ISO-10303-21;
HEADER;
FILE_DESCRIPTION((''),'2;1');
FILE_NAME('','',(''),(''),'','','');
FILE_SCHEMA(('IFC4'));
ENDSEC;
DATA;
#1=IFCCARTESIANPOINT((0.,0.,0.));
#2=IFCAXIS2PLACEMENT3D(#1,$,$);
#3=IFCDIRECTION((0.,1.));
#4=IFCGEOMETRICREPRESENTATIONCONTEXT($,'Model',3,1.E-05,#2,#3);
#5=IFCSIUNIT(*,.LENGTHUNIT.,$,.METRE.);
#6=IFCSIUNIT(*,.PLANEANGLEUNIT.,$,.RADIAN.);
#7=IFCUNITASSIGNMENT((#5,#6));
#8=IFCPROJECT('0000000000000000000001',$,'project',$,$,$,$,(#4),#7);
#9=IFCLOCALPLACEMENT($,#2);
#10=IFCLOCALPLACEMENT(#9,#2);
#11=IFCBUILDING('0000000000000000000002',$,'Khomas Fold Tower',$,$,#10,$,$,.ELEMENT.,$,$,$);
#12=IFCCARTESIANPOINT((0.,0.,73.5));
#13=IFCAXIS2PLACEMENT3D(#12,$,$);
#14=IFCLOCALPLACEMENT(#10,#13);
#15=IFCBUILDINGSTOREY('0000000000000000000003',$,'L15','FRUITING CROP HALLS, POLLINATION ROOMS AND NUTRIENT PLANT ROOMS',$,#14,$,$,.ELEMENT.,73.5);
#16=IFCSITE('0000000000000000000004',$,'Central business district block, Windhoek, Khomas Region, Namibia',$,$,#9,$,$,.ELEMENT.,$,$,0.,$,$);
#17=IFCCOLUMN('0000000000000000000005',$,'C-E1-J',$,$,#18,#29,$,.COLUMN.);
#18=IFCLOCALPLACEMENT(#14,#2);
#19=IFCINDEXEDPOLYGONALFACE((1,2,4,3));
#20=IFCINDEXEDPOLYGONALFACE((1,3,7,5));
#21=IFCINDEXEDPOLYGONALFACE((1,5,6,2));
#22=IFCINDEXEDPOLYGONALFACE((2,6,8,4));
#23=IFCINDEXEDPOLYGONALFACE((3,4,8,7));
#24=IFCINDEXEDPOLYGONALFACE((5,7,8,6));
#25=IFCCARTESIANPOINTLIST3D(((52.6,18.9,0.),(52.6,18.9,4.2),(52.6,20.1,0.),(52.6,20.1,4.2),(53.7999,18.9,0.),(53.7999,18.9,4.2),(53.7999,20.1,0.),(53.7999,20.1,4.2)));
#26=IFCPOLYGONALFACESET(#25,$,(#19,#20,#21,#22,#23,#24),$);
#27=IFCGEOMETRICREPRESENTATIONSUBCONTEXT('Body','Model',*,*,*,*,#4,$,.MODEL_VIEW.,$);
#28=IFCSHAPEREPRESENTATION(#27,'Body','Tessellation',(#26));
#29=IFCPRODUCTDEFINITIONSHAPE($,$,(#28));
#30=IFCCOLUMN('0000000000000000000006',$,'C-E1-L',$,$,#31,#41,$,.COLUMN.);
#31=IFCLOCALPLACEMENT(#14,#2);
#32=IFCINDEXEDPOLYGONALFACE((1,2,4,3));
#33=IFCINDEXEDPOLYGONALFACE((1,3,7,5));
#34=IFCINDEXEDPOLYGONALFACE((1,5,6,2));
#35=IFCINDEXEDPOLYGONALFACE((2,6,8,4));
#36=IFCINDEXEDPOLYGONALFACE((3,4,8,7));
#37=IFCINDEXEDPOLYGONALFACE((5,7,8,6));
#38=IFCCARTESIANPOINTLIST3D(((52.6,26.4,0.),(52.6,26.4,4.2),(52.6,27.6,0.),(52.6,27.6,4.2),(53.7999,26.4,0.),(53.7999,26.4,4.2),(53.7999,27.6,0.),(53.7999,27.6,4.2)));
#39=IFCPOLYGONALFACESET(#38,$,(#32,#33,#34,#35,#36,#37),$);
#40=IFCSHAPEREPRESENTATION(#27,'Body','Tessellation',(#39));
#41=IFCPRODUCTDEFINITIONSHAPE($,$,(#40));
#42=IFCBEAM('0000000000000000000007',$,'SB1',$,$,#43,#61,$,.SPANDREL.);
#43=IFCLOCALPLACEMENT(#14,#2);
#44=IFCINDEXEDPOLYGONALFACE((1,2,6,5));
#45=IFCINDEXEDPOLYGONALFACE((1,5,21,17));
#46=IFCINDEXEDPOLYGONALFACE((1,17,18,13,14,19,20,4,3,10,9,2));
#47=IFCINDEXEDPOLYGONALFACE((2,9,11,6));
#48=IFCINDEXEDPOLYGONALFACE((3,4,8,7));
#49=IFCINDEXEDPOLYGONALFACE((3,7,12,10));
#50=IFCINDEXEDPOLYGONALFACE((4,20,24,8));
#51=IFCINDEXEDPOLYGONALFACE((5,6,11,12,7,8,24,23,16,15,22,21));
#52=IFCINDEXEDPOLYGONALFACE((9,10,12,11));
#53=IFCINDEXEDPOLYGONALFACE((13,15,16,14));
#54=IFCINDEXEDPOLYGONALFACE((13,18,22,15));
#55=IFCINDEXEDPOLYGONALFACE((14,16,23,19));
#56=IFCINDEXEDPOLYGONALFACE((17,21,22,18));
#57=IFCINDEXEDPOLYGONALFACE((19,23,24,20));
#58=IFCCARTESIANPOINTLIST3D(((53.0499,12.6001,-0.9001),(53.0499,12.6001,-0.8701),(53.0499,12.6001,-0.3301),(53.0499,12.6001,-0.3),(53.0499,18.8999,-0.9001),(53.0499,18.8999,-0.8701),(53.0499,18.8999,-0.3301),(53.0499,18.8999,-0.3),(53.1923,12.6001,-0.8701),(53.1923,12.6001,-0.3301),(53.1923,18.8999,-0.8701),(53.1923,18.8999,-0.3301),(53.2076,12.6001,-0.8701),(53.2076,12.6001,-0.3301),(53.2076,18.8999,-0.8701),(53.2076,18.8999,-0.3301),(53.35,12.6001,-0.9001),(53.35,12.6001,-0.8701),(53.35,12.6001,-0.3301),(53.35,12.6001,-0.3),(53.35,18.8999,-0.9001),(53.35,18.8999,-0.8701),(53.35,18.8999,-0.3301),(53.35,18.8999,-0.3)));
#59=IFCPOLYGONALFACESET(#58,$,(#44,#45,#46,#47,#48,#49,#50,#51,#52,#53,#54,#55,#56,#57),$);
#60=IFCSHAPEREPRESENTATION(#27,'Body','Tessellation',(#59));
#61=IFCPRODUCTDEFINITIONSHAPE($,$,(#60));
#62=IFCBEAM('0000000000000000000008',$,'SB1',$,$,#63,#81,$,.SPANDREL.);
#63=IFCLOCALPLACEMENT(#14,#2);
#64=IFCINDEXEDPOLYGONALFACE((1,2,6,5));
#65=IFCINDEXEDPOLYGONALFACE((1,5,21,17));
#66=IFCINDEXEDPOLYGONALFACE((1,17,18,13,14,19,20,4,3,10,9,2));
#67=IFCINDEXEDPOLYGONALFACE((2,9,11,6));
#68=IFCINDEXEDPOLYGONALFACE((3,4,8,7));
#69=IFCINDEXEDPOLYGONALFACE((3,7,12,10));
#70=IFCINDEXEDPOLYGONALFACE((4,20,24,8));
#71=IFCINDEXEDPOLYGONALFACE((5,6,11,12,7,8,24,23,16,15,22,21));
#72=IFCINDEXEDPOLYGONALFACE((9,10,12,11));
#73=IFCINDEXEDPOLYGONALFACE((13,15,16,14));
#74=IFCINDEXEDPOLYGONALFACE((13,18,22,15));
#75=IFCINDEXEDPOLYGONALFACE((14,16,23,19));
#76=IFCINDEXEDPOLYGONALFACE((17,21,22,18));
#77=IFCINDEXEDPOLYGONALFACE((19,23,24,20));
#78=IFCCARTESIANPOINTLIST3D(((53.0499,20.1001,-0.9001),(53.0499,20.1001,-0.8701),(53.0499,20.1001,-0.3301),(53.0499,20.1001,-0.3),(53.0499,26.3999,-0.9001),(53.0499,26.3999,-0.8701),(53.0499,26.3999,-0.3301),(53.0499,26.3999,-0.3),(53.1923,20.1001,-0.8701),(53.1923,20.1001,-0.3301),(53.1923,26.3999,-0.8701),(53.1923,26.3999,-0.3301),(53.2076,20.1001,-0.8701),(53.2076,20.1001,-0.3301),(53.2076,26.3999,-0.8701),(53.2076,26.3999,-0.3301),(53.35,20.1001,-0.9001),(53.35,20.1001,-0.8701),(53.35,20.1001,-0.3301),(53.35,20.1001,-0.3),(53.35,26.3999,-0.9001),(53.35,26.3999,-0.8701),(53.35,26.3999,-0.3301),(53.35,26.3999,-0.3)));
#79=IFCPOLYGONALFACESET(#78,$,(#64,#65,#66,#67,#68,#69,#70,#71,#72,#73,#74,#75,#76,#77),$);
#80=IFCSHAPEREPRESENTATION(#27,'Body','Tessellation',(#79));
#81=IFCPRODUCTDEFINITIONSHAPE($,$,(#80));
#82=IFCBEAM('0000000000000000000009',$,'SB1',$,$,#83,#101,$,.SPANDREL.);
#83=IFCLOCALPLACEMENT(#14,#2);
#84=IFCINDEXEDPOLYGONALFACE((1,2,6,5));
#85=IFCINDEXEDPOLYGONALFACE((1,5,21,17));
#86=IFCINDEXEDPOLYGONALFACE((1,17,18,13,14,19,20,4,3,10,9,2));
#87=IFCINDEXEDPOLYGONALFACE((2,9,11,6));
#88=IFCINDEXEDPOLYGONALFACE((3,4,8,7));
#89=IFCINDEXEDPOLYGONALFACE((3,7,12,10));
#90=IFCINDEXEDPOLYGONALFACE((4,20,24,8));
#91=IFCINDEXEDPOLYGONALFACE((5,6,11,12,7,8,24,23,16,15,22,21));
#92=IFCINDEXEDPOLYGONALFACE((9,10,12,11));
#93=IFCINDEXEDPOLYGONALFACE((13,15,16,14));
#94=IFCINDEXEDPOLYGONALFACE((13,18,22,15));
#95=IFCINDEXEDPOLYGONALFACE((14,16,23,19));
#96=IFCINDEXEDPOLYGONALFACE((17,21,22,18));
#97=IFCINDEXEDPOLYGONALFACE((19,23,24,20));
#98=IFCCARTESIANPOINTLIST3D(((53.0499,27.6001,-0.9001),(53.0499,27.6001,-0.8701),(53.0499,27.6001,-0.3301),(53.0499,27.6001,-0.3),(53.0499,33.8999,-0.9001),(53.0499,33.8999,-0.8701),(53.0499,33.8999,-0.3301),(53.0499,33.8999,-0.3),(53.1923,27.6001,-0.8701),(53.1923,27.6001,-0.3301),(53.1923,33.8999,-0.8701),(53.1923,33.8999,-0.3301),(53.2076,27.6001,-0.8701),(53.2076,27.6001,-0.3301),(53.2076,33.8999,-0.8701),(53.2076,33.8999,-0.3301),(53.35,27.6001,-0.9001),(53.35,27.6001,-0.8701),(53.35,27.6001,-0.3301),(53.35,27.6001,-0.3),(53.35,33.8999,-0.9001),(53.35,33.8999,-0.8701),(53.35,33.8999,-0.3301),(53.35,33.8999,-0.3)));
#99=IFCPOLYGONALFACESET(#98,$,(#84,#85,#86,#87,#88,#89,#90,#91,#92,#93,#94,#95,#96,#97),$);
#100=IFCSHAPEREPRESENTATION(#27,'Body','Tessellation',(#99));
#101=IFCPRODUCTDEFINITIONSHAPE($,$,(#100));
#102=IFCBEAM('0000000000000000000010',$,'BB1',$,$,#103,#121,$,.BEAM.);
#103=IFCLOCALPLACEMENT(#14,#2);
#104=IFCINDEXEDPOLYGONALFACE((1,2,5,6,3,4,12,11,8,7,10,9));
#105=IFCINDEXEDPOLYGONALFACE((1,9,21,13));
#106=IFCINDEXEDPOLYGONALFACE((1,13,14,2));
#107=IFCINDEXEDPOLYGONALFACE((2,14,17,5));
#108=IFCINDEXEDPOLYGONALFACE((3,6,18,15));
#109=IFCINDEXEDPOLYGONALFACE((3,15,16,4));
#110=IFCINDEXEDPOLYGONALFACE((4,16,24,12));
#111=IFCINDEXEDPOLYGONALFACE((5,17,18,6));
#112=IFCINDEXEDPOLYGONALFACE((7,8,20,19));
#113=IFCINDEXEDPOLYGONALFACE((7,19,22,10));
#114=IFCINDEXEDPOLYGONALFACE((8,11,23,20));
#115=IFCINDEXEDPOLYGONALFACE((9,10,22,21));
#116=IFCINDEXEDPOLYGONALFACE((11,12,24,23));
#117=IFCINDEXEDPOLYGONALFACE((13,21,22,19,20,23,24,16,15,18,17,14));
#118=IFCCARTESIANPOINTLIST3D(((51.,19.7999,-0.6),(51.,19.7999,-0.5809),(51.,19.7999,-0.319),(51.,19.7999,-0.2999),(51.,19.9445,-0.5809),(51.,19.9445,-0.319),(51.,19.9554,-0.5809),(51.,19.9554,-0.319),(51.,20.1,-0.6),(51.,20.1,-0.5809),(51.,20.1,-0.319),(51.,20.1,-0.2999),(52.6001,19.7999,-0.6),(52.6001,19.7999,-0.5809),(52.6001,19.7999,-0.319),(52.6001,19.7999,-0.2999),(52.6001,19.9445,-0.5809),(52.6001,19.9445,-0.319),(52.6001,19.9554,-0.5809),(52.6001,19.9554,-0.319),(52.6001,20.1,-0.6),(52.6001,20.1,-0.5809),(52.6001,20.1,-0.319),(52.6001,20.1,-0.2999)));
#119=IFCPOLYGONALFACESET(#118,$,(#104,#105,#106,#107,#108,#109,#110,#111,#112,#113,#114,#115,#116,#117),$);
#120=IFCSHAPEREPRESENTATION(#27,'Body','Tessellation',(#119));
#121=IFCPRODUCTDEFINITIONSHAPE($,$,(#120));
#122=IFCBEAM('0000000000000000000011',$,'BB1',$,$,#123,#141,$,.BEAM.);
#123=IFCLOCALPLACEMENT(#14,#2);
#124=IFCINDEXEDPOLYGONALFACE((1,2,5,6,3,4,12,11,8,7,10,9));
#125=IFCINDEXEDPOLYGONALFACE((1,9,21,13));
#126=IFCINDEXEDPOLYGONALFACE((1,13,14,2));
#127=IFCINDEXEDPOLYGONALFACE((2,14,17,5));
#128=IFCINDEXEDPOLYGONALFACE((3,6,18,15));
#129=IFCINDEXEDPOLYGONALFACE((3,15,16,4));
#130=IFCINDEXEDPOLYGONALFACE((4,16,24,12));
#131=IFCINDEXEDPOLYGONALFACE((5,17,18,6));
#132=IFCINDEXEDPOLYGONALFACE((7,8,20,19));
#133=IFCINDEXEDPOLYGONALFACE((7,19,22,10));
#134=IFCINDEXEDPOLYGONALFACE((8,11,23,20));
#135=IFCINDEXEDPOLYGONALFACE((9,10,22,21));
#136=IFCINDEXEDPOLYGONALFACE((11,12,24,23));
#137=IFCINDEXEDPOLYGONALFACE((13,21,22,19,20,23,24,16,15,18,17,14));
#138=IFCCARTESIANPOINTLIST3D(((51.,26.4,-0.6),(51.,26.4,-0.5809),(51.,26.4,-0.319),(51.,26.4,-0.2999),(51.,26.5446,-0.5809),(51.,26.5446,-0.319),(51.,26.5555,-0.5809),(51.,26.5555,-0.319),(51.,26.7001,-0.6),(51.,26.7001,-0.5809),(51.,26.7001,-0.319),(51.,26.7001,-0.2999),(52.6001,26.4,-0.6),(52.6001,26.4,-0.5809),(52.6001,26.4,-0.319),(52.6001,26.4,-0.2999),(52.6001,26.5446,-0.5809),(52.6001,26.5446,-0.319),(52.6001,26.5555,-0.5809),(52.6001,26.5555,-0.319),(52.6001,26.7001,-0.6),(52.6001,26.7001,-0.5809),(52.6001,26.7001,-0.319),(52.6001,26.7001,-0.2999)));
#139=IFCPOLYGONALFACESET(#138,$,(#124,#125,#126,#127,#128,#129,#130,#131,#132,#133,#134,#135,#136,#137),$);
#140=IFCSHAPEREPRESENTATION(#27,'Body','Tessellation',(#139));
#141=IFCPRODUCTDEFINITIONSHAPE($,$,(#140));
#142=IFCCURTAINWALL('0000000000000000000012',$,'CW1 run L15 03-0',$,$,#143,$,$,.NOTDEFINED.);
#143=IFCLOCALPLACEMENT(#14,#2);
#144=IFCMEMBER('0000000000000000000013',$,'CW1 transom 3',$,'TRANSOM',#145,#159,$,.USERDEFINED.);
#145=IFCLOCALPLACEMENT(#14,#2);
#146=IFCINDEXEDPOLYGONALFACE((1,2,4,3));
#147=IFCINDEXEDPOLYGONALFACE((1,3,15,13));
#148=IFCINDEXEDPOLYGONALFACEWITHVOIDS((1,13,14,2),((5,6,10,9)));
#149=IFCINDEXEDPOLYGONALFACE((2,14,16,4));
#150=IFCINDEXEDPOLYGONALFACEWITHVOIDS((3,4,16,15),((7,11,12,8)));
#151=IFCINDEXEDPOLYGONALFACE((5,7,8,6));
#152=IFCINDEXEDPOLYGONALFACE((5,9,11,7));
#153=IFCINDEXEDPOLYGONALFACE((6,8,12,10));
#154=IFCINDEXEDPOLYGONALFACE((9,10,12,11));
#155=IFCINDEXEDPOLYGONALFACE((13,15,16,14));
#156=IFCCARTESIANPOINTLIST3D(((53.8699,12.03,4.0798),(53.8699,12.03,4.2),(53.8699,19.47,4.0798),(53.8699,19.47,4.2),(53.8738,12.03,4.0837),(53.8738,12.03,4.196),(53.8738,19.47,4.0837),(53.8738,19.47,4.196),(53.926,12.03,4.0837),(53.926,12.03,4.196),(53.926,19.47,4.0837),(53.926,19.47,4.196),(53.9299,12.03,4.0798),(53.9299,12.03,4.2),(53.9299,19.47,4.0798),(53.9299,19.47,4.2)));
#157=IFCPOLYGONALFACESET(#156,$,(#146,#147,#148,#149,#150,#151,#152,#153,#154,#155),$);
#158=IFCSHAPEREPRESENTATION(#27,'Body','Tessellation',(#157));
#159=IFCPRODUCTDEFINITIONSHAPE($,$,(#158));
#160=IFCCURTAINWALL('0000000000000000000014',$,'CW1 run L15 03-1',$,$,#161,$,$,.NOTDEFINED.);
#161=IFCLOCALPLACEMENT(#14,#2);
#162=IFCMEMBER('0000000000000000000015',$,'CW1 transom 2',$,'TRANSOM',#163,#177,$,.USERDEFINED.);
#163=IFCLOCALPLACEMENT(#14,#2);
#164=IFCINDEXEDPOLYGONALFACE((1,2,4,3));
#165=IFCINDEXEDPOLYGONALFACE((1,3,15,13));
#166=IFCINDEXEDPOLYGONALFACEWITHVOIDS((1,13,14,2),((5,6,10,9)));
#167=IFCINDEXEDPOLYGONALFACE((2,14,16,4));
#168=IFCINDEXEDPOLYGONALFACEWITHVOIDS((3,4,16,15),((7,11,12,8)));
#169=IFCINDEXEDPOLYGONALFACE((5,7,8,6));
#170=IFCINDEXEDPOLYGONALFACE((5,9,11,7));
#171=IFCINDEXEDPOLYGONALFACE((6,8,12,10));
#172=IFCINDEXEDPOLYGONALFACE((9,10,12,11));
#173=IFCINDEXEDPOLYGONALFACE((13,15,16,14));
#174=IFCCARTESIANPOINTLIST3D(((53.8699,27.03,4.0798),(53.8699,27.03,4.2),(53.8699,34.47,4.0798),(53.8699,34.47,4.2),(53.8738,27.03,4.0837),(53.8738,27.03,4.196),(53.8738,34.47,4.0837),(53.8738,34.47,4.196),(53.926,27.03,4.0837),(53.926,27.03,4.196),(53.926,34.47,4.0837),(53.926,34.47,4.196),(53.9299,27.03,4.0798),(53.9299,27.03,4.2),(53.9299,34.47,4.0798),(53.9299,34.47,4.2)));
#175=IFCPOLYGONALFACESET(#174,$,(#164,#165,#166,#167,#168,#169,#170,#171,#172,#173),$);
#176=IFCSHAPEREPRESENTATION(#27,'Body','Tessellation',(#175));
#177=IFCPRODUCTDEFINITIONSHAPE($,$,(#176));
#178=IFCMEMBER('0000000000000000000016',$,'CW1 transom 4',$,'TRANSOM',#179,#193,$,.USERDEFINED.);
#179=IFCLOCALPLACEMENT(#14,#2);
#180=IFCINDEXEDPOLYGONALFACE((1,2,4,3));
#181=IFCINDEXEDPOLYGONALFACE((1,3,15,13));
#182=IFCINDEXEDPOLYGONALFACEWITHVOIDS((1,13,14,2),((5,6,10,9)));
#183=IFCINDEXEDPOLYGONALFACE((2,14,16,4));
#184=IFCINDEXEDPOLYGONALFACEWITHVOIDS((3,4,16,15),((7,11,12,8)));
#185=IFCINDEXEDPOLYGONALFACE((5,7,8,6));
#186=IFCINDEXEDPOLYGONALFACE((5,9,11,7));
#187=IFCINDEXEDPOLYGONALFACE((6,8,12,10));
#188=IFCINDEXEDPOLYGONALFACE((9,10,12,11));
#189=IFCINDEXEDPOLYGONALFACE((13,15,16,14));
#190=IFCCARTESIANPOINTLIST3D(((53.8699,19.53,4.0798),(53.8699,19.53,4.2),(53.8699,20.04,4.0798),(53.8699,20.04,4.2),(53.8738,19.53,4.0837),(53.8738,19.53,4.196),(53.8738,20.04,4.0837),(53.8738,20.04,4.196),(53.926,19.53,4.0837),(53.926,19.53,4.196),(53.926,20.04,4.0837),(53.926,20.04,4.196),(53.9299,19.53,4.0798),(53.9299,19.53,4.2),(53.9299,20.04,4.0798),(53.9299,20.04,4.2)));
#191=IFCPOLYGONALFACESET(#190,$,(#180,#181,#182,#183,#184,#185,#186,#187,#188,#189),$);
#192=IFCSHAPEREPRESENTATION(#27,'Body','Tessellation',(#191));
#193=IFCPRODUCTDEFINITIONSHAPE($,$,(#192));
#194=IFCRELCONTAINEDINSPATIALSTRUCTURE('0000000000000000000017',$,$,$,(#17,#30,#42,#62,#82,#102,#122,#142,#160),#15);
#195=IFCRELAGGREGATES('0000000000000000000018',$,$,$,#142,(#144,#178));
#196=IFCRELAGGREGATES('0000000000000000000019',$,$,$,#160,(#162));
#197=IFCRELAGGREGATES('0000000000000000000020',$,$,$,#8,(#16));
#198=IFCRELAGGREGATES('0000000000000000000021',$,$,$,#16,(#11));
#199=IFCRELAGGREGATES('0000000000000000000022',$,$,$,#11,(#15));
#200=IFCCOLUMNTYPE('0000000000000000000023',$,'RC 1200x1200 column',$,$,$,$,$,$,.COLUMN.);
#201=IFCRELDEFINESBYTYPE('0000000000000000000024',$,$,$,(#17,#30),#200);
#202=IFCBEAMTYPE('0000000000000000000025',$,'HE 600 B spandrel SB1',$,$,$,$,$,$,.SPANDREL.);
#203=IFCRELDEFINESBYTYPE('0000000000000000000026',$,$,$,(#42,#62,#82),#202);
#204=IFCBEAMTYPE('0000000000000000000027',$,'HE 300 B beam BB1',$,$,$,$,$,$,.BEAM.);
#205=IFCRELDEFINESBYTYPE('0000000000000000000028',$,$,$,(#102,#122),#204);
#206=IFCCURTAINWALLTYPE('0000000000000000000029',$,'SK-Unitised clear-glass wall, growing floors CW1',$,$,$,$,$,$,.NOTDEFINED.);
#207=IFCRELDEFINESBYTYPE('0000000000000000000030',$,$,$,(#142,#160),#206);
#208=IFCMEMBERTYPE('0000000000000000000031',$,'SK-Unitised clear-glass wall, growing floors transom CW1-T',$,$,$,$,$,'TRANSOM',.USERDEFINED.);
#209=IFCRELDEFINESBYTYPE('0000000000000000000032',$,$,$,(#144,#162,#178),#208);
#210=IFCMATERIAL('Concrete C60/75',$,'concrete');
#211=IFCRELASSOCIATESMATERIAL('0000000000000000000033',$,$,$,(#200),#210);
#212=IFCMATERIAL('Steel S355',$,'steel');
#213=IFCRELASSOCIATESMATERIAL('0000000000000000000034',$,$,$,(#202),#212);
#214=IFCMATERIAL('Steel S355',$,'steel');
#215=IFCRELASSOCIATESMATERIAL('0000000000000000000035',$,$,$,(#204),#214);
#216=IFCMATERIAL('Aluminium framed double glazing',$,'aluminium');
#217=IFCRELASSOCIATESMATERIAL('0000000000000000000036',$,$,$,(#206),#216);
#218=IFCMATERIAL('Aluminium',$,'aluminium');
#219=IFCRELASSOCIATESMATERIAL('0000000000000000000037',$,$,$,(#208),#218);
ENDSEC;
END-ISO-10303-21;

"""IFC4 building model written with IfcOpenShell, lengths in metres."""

from ifc_helpers import new_model, si_unit, direction, frame, origin, origin_2d, place, context, subcontext, project, spatial, rectangle, hollow_rectangle, i_section, extrude, source, transform, mapped, material, material_profile, profile_set, type_object, element, aggregate, save


model = new_model("IFC4")

# Units and contexts
model_context = context("Model", 3, precision=1e-05, world=origin(), true_north=direction((0.0, 1.0)))
body_context = subcontext(model_context, "Body", "Model", "MODEL_VIEW")
ifc_project = project(units=[si_unit("LENGTHUNIT", "METRE"), si_unit("PLANEANGLEUNIT", "RADIAN")], contexts=[model_context])

# Site, building, storey
site_placement = place(None, origin())
site = spatial("IfcSite", under=ifc_project, at=site_placement, Name="Central business district block, Windhoek, Khomas Region, Namibia", CompositionType="ELEMENT", RefElevation=0.0)
building_placement = place(site_placement, origin())
building = spatial("IfcBuilding", under=site, at=building_placement, Name="Khomas Fold Tower", CompositionType="ELEMENT")
storey_placement = place(building_placement, frame((0.0, 0.0, 73.5)))
storey = spatial("IfcBuildingStorey", under=building, at=storey_placement, Name="L15", Description="FRUITING CROP HALLS, POLLINATION ROOMS AND NUTRIENT PLANT ROOMS", CompositionType="ELEMENT", Elevation=73.5)

# Columns
ifc_material_1 = material(Name="Concrete C60/75", Category="concrete")
ifc_material_profile_1 = material_profile(ifc_material_1, rectangle(XDim=1.2, YDim=1.2, at=origin_2d()), Name="RC 1200x1200")
ifc_profile_set_1 = profile_set([ifc_material_profile_1], Name="Concrete C60/75")
column_type = type_object("IfcColumnType", Name="RC 1200x1200 column", PredefinedType="COLUMN", material=ifc_profile_set_1)
shared_shape_1 = source(origin(), body_context, "Body", "SweptSolid", [
    extrude(rectangle(XDim=1.2, YDim=1.2, at=origin_2d()), origin(), (0.0, 0.0, 1.0), 4.2),
])
for number, where, z_axis, x_axis, name in (
    (1, (53.2, 19.5, 0.0), (0.0, 0.0, 1.0), (1.0, 0.0, 0.0), "C-E1-J"),
    (2, (53.2, 27.0, 0.0), (0.0, 0.0, 1.0), (1.0, 0.0, 0.0), "C-E1-L"),
):
    element("IfcColumn", number, at=place(storey_placement, frame(where, z_axis=z_axis, x_axis=x_axis)), inside=storey, type_object=column_type, Name=name, PredefinedType="COLUMN", context=body_context, shape_type="MappedRepresentation", body=[
        mapped(shared_shape_1, transform((0.0, 0.0, 0.0))),
    ])

# Beams
ifc_material_2 = material(Name="Steel S355", Category="steel")
ifc_material_profile_2 = material_profile(ifc_material_2, i_section(OverallWidth=0.3, OverallDepth=0.6001, WebThickness=0.0154, FlangeThickness=0.03, at=origin_2d()), Name="HE 600 B")
ifc_profile_set_2 = profile_set([ifc_material_profile_2], Name="Steel S355")
beam_type_1 = type_object("IfcBeamType", Name="HE 600 B spandrel SB1", PredefinedType="SPANDREL", material=ifc_profile_set_2)
shared_shape_2 = source(origin(), body_context, "Body", "SweptSolid", [
    extrude(i_section(OverallWidth=0.3, OverallDepth=0.6001, WebThickness=0.0154, FlangeThickness=0.03, at=origin_2d()), origin(), (0.0, 0.0, 1.0), 6.2998),
])
for number, where, z_axis, x_axis, name in (
    (3, (53.2, 12.6001, -0.6001), (0.0, 1.0, 0.0), (-1.0, 0.0, 0.0), "SB1"),
    (4, (53.2, 20.1001, -0.6001), (0.0, 1.0, 0.0), (-1.0, 0.0, 0.0), "SB1"),
    (5, (53.2, 27.6001, -0.6001), (0.0, 1.0, 0.0), (-1.0, 0.0, 0.0), "SB1"),
):
    element("IfcBeam", number, at=place(storey_placement, frame(where, z_axis=z_axis, x_axis=x_axis)), inside=storey, type_object=beam_type_1, Name=name, PredefinedType="SPANDREL", context=body_context, shape_type="MappedRepresentation", body=[
        mapped(shared_shape_2, transform((0.0, 0.0, 0.0))),
    ])
ifc_material_3 = material(Name="Steel S355", Category="steel")
ifc_material_profile_3 = material_profile(ifc_material_3, i_section(OverallWidth=0.3, OverallDepth=0.3, WebThickness=0.011, FlangeThickness=0.019, at=origin_2d()), Name="HE 300 B")
ifc_profile_set_3 = profile_set([ifc_material_profile_3], Name="Steel S355")
beam_type_2 = type_object("IfcBeamType", Name="HE 300 B beam BB1", PredefinedType="BEAM", material=ifc_profile_set_3)
shared_shape_3 = source(origin(), body_context, "Body", "SweptSolid", [
    extrude(i_section(OverallWidth=0.3, OverallDepth=0.3, WebThickness=0.011, FlangeThickness=0.019, at=origin_2d()), origin(), (0.0, 0.0, 1.0), 1.6001),
])
for number, where, z_axis, x_axis, name in (
    (6, (51.0, 19.95, -0.45), (1.0, 0.0, 0.0), (0.0, 1.0, 0.0), "BB1"),
    (7, (51.0, 26.55, -0.45), (1.0, 0.0, 0.0), (0.0, 1.0, 0.0), "BB1"),
):
    element("IfcBeam", number, at=place(storey_placement, frame(where, z_axis=z_axis, x_axis=x_axis)), inside=storey, type_object=beam_type_2, Name=name, PredefinedType="BEAM", context=body_context, shape_type="MappedRepresentation", body=[
        mapped(shared_shape_3, transform((0.0, 0.0, 0.0))),
    ])

# Curtain walls, members
ifc_material_4 = material(Name="Aluminium framed double glazing", Category="aluminium")
curtain_wall_type = type_object("IfcCurtainWallType", Name="SK-Unitised clear-glass wall, growing floors CW1", PredefinedType="NOTDEFINED", material=ifc_material_4)
curtain_wall_1_placement = place(storey_placement, origin())
curtain_wall_1 = element("IfcCurtainWall", 8, at=curtain_wall_1_placement, inside=storey, type_object=curtain_wall_type, Name="CW1 run L15 03-0", PredefinedType="NOTDEFINED")
ifc_material_5 = material(Name="Aluminium", Category="aluminium")
ifc_material_profile_4 = material_profile(ifc_material_5, hollow_rectangle(XDim=0.0601, YDim=0.1201, WallThickness=0.0039, at=origin_2d()), Name="SK-Unitised clear-glass wall, growing floors transom CW1-T")
ifc_profile_set_4 = profile_set([ifc_material_profile_4], Name="Aluminium")
member_type_1 = type_object("IfcMemberType", Name="SK-Unitised clear-glass wall, growing floors transom CW1-T", ElementType="TRANSOM", PredefinedType="USERDEFINED", material=ifc_profile_set_4)
shared_shape_4 = source(origin(), body_context, "Body", "SweptSolid", [
    extrude(hollow_rectangle(XDim=0.0601, YDim=0.1201, WallThickness=0.0039, at=origin_2d()), origin(), (0.0, 0.0, 1.0), 7.4399),
])
member_1_placement = place(storey_placement, frame((53.8999, 12.03, 4.1399), z_axis=(0.0, 1.0, 0.0), x_axis=(-1.0, 0.0, 0.0)))
member_1 = element("IfcMember", 9, at=member_1_placement, type_object=member_type_1, Name="CW1 transom 3", ObjectType="TRANSOM", PredefinedType="USERDEFINED", context=body_context, shape_type="MappedRepresentation", body=[
    mapped(shared_shape_4, transform((0.0, 0.0, 0.0))),
])
curtain_wall_2_placement = place(storey_placement, origin())
curtain_wall_2 = element("IfcCurtainWall", 10, at=curtain_wall_2_placement, inside=storey, type_object=curtain_wall_type, Name="CW1 run L15 03-1", PredefinedType="NOTDEFINED")
member_2_placement = place(storey_placement, frame((53.8999, 27.03, 4.1399), z_axis=(0.0, 1.0, 0.0), x_axis=(-1.0, 0.0, 0.0)))
member_2 = element("IfcMember", 11, at=member_2_placement, type_object=member_type_1, Name="CW1 transom 2", ObjectType="TRANSOM", PredefinedType="USERDEFINED", context=body_context, shape_type="MappedRepresentation", body=[
    mapped(shared_shape_4, transform((0.0, 0.0, 0.0))),
])

# Member
shared_shape_5 = source(origin(), body_context, "Body", "SweptSolid", [
    extrude(hollow_rectangle(XDim=0.0601, YDim=0.1201, WallThickness=0.0039, at=origin_2d()), origin(), (0.0, 0.0, 1.0), 0.51),
])
member_3_placement = place(storey_placement, frame((53.8999, 19.53, 4.1399), z_axis=(0.0, 1.0, 0.0), x_axis=(-1.0, 0.0, 0.0)))
member_3 = element("IfcMember", 12, at=member_3_placement, type_object=member_type_1, Name="CW1 transom 4", ObjectType="TRANSOM", PredefinedType="USERDEFINED", context=body_context, shape_type="MappedRepresentation", body=[
    mapped(shared_shape_5, transform((0.0, 0.0, 0.0))),
])

aggregate(curtain_wall_1, [member_1, member_3])
aggregate(curtain_wall_2, [member_2])

save(model, "model.ifc")
